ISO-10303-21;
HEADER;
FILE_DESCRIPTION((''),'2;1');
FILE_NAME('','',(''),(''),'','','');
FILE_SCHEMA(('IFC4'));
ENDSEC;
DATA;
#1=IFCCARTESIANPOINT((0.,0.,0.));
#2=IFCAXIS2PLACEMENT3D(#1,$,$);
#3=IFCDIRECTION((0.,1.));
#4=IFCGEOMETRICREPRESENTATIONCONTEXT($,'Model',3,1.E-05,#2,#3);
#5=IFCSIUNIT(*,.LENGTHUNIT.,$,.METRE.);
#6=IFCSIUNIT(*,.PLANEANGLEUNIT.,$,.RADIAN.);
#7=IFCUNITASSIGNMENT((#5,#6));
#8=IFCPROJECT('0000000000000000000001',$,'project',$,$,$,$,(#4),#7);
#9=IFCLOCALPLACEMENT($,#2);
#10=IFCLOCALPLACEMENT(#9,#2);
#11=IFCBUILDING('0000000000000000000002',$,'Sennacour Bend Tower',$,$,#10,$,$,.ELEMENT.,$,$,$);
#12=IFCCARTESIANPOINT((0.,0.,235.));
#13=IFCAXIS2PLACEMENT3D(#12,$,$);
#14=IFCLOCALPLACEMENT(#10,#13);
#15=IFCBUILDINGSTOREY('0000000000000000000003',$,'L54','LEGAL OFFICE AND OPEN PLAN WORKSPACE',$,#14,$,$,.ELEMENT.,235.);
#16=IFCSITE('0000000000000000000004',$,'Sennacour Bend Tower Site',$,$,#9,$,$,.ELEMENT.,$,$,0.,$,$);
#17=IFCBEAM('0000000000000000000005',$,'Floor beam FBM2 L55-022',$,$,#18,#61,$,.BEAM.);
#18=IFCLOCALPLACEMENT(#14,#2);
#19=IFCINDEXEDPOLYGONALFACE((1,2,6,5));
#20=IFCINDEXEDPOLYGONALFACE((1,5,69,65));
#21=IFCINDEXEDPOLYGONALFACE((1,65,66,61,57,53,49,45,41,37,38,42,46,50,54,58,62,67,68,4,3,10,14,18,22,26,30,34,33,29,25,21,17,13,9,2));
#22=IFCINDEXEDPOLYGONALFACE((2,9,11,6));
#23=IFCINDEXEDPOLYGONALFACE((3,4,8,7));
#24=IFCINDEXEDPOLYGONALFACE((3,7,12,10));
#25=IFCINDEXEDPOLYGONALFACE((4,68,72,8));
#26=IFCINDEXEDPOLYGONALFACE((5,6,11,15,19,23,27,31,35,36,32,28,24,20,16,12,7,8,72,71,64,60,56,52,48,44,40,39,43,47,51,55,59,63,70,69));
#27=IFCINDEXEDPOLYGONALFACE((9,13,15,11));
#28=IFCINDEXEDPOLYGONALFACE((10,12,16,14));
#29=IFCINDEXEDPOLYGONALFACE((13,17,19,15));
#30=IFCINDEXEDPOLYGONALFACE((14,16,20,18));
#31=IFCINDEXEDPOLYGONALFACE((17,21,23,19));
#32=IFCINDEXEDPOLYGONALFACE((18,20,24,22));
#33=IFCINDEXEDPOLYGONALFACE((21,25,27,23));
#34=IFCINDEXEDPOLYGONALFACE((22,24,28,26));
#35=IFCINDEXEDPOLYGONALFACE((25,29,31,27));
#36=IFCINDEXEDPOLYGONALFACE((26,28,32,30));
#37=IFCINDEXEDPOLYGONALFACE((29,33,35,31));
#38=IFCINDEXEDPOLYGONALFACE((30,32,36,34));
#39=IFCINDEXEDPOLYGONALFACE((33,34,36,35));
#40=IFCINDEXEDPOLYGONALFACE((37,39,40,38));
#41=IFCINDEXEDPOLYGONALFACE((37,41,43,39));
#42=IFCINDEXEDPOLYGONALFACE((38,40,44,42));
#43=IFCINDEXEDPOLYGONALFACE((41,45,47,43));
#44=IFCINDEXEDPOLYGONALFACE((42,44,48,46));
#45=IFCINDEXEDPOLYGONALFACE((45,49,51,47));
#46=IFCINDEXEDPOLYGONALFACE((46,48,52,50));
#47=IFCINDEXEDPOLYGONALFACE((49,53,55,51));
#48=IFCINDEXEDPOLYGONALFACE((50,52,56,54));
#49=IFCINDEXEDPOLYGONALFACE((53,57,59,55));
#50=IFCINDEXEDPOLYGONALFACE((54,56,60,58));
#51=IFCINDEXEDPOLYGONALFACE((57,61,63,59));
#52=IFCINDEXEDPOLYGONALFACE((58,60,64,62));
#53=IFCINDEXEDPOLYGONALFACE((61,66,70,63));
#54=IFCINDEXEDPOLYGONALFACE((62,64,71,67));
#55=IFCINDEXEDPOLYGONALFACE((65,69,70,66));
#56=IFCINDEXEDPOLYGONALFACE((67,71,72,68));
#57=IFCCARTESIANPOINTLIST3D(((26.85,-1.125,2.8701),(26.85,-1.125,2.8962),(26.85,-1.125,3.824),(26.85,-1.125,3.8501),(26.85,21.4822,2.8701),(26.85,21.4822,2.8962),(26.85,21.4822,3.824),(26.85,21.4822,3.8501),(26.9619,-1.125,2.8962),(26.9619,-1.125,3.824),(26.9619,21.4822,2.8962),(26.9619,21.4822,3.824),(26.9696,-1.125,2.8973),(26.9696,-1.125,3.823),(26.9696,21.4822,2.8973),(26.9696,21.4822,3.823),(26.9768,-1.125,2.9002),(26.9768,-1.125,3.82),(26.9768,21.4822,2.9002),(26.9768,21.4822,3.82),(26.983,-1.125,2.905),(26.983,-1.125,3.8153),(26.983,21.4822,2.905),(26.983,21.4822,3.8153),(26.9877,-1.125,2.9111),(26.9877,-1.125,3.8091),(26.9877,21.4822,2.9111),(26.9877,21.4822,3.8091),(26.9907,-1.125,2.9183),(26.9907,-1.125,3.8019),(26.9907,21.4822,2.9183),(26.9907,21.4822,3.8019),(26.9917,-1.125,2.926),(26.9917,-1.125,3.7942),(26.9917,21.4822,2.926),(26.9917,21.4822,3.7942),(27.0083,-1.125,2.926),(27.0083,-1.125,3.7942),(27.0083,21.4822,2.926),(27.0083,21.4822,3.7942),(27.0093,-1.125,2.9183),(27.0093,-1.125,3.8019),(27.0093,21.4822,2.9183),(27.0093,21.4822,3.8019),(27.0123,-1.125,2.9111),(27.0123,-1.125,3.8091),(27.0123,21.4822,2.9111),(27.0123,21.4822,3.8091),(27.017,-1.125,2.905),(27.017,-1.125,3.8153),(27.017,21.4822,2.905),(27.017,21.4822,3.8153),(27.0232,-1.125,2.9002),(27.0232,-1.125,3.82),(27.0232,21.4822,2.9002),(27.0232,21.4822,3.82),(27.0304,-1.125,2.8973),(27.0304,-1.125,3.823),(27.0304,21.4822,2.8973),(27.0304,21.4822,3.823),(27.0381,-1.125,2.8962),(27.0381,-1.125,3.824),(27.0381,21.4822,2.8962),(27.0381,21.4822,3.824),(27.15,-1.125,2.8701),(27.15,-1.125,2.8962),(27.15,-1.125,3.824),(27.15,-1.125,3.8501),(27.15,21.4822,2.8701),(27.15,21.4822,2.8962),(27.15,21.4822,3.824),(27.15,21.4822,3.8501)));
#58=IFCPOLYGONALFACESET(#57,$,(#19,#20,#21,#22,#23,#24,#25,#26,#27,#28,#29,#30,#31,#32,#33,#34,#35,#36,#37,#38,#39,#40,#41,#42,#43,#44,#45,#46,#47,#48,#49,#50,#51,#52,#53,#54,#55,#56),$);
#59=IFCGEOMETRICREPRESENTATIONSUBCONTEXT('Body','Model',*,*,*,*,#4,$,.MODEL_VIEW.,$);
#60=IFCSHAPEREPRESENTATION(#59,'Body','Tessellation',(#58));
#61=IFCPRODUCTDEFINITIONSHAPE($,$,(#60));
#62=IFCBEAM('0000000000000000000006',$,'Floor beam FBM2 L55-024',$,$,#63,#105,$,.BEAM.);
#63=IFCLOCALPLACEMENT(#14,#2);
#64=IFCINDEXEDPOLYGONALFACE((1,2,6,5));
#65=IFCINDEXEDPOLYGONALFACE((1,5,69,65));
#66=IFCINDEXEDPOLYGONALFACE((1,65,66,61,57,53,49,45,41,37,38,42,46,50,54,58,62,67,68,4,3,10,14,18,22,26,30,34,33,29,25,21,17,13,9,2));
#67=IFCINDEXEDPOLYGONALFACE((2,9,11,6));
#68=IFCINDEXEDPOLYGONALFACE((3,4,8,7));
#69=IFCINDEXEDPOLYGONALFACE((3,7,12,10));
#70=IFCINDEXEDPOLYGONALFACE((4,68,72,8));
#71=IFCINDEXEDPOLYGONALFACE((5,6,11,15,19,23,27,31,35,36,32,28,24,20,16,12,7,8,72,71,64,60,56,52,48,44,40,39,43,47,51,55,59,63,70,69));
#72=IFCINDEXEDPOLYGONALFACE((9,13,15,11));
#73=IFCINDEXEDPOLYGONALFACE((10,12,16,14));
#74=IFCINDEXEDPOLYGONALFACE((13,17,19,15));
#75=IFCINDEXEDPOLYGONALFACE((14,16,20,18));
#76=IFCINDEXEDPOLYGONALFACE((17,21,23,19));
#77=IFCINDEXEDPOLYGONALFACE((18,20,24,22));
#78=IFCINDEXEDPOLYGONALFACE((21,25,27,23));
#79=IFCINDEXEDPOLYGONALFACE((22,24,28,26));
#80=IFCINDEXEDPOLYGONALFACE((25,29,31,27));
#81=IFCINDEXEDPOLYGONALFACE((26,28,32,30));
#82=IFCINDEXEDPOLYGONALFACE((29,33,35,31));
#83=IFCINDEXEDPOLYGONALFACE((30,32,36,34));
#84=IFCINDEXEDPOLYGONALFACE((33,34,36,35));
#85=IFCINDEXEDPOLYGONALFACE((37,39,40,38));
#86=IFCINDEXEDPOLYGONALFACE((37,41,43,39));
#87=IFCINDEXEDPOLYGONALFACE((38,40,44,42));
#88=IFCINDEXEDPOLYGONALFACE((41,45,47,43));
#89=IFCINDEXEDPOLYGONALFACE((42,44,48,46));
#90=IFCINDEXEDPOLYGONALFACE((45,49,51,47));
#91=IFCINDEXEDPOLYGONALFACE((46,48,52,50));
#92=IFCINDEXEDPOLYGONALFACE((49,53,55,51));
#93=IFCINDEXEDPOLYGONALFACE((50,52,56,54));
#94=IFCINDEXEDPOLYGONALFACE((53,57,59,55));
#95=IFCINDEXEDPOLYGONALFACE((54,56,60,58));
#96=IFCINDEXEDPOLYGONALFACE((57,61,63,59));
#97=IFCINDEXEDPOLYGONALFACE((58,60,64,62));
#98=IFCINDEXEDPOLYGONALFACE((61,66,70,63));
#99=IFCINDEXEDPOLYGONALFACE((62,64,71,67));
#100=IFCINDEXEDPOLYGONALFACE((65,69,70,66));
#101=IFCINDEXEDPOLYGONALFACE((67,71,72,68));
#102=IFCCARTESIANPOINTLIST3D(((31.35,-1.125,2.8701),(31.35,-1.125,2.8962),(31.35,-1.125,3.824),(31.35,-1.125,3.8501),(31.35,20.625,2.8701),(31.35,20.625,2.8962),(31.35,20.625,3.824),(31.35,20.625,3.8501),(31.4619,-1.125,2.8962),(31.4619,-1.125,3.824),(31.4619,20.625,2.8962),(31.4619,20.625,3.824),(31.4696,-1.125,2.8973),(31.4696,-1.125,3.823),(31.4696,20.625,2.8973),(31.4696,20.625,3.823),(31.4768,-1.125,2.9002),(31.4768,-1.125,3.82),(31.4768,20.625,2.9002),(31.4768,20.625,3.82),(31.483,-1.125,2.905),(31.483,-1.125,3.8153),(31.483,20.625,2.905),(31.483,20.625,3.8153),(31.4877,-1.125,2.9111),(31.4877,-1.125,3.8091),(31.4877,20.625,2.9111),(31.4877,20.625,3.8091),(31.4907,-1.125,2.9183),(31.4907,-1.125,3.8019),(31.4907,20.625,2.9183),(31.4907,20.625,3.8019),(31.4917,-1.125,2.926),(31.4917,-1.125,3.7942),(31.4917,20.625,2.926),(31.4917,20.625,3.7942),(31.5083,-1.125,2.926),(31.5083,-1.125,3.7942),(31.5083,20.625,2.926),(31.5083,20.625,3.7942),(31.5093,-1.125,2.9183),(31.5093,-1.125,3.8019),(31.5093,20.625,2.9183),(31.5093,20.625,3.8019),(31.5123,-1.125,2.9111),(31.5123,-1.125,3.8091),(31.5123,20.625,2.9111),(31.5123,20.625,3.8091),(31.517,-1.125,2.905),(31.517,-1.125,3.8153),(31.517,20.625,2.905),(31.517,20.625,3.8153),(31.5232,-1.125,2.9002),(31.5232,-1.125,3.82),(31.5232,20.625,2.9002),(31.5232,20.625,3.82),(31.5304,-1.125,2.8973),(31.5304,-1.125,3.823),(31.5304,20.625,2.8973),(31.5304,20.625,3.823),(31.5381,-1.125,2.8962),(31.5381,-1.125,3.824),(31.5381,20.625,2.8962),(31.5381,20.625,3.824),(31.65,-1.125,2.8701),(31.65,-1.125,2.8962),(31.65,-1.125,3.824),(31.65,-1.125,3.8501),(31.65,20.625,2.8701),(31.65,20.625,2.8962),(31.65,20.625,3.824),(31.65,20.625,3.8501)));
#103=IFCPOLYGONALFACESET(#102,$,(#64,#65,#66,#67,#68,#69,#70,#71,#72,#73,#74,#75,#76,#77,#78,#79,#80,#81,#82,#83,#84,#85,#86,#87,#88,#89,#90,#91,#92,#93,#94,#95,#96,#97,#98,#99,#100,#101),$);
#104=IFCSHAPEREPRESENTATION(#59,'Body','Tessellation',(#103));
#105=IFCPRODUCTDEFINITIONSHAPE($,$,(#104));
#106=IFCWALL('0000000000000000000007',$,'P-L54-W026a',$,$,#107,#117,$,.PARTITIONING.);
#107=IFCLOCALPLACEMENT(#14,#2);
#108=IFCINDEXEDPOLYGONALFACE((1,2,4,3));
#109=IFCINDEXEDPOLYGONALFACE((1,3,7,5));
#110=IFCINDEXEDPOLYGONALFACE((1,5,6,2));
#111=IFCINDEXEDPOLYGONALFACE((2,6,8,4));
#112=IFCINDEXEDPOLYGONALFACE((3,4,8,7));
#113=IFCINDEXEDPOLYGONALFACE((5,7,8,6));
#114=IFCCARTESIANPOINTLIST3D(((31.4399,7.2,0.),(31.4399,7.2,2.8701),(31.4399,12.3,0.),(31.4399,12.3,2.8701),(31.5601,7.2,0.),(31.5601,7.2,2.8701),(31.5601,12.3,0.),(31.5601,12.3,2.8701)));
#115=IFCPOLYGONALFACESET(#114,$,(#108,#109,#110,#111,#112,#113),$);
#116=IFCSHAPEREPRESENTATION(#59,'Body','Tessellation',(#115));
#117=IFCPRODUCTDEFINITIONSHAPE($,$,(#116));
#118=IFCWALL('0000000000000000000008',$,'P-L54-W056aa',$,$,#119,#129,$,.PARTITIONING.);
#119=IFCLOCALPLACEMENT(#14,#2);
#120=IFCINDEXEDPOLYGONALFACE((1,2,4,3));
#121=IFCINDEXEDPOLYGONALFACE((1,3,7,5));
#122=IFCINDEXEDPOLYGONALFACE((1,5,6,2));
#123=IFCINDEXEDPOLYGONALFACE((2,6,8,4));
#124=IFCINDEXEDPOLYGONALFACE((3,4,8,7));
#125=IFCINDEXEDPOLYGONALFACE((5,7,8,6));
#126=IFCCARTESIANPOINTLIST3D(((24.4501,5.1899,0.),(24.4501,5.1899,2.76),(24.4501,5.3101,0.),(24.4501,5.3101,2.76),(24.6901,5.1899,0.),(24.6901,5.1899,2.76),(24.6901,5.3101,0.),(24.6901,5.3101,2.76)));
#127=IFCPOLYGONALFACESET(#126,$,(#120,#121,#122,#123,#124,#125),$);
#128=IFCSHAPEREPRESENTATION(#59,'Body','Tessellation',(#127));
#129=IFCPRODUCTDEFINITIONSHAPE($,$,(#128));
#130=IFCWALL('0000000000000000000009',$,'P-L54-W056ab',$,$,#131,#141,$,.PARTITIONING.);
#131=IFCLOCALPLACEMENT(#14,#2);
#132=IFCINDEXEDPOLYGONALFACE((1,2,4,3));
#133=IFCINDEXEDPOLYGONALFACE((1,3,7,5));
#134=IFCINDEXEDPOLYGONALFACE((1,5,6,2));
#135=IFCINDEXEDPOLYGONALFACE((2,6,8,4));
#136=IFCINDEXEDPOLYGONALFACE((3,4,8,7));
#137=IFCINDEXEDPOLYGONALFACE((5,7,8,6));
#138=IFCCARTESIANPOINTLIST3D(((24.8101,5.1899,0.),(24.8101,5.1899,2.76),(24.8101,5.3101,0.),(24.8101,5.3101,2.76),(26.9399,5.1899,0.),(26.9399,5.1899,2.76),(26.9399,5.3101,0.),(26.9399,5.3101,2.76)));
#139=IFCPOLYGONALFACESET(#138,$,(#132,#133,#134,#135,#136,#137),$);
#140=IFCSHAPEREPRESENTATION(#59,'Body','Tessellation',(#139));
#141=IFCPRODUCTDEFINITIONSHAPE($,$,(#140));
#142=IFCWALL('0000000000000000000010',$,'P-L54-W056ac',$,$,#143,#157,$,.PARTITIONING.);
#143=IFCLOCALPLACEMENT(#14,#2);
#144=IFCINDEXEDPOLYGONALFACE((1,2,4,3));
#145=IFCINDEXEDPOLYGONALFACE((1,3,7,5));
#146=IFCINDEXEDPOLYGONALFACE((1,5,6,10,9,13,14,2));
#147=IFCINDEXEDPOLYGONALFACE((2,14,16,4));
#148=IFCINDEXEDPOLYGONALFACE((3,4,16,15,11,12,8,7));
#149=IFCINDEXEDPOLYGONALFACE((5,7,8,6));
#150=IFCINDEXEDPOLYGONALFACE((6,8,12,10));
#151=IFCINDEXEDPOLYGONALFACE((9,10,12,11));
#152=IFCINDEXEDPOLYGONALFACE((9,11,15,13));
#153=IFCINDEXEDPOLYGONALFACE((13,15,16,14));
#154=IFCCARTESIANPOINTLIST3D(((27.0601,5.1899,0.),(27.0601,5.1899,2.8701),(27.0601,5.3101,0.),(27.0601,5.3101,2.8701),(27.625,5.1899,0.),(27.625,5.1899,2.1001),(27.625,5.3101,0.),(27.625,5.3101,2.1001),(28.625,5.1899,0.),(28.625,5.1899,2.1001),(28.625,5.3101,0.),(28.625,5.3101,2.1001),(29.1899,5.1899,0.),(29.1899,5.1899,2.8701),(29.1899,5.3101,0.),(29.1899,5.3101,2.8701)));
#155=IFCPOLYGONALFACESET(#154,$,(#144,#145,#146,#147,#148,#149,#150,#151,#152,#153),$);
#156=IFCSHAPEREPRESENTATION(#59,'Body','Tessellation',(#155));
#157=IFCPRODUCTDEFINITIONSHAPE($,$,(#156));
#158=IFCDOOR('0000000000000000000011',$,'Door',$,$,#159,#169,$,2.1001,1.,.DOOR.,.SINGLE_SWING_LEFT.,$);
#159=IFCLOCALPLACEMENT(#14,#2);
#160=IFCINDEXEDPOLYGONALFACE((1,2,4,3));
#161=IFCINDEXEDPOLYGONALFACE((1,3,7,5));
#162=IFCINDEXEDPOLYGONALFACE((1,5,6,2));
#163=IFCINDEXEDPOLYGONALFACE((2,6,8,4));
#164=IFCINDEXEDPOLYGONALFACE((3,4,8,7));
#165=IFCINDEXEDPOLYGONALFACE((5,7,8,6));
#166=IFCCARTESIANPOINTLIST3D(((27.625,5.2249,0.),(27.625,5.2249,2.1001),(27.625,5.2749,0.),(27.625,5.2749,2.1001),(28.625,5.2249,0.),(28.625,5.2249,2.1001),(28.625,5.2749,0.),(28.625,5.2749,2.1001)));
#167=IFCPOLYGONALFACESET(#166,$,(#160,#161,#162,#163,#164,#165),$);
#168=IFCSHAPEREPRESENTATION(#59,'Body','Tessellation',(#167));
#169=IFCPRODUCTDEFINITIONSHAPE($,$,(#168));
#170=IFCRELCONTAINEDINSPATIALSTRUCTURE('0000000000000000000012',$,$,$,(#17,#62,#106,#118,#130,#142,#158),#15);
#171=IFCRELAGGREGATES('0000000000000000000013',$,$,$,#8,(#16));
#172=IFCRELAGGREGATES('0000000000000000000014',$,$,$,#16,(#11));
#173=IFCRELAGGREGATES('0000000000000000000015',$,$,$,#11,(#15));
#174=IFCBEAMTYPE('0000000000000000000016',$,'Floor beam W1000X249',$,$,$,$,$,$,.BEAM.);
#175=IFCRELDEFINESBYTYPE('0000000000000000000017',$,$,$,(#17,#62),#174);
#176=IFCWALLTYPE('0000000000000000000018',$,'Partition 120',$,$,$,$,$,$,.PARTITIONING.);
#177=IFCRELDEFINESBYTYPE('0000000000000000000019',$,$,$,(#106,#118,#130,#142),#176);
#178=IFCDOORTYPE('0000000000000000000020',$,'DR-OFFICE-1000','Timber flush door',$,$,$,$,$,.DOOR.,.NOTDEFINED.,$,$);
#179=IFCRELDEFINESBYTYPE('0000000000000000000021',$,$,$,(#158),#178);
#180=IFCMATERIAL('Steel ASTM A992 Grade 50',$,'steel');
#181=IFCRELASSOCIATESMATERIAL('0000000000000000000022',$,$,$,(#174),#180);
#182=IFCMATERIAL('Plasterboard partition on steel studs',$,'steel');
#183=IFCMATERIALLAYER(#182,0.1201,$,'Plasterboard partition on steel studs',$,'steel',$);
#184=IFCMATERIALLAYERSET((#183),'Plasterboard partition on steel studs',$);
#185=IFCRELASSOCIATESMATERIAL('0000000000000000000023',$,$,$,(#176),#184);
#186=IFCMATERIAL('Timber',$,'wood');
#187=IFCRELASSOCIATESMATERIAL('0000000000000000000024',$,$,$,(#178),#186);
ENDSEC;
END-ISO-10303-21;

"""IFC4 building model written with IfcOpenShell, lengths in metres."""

from ifc_helpers import new_model, si_unit, direction, frame, frame_2d, origin, origin_2d, place, context, subcontext, project, spatial, rectangle, i_section, extrude, material, layer, layer_set, material_profile, profile_set, type_object, element, fill, save


model = new_model("IFC4")

# Units and contexts
model_context = context("Model", 3, precision=1e-05, world=origin(), true_north=direction((0.0, 1.0)))
body_context = subcontext(model_context, "Body", "Model", "MODEL_VIEW")
ifc_project = project(units=[si_unit("LENGTHUNIT", "METRE"), si_unit("PLANEANGLEUNIT", "RADIAN")], contexts=[model_context])

# Site, building, storey
site_placement = place(None, origin())
site = spatial("IfcSite", under=ifc_project, at=site_placement, Name="Sennacour Bend Tower Site", CompositionType="ELEMENT", RefElevation=0.0)
building_placement = place(site_placement, origin())
building = spatial("IfcBuilding", under=site, at=building_placement, Name="Sennacour Bend Tower", CompositionType="ELEMENT")
storey_placement = place(building_placement, frame((0.0, 0.0, 235.0)))
storey = spatial("IfcBuildingStorey", under=building, at=storey_placement, Name="L54", Description="LEGAL OFFICE AND OPEN PLAN WORKSPACE", CompositionType="ELEMENT", Elevation=235.0)

# Beams
ifc_material_1 = material(Name="Steel ASTM A992 Grade 50", Category="steel")
ifc_material_profile = material_profile(ifc_material_1, i_section(OverallWidth=0.3, OverallDepth=0.98, WebThickness=0.0166, FlangeThickness=0.0261, FilletRadius=0.0298, at=origin_2d()), Name="Steel ASTM A992 Grade 50", Category="steel")
ifc_profile_set = profile_set([ifc_material_profile], Name="Steel ASTM A992 Grade 50")
beam_type = type_object("IfcBeamType", Name="Floor beam W1000X249", PredefinedType="BEAM", material=ifc_profile_set)
beam_1_placement = place(storey_placement, frame((27.0, -1.125, 3.3601), z_axis=(0.0, 1.0, 0.0), x_axis=(-1.0, 0.0, 0.0)))
element("IfcBeam", 1, at=beam_1_placement, inside=storey, type_object=beam_type, Name="Floor beam FBM2 L55-022", PredefinedType="BEAM", context=body_context, shape_type="SweptSolid", body=[
    extrude(i_section(OverallWidth=0.3, OverallDepth=0.98, WebThickness=0.0166, FlangeThickness=0.0261, FilletRadius=0.0298, at=origin_2d()), origin(), (0.0, 0.0, 1.0), 22.6072),
])
beam_2_placement = place(storey_placement, frame((31.5, -1.125, 3.3601), z_axis=(0.0, 1.0, 0.0), x_axis=(-1.0, 0.0, 0.0)))
element("IfcBeam", 2, at=beam_2_placement, inside=storey, type_object=beam_type, Name="Floor beam FBM2 L55-024", PredefinedType="BEAM", context=body_context, shape_type="SweptSolid", body=[
    extrude(i_section(OverallWidth=0.3, OverallDepth=0.98, WebThickness=0.0166, FlangeThickness=0.0261, FilletRadius=0.0298, at=origin_2d()), origin(), (0.0, 0.0, 1.0), 21.75),
])

# Walls
ifc_material_2 = material(Name="Plasterboard partition on steel studs", Category="steel")
ifc_layer_1 = layer(ifc_material_2, 0.1201, Name="Plasterboard partition on steel studs", Category="steel")
ifc_layer_set_1 = layer_set([ifc_layer_1], Name="Plasterboard partition on steel studs")
wall_type_1 = type_object("IfcWallType", Name="Partition 120", PredefinedType="PARTITIONING", material=ifc_layer_set_1)
wall_1_placement = place(storey_placement, frame((31.5, 7.2, 0.0), z_axis=(0.0, 0.0, 1.0), x_axis=(0.0, 1.0, 0.0)))
element("IfcWall", 3, at=wall_1_placement, inside=storey, type_object=wall_type_1, Name="P-L54-W026a", PredefinedType="PARTITIONING", context=body_context, shape_type="SweptSolid", body=[
    extrude(rectangle(XDim=5.1001, YDim=0.1201, at=frame_2d((2.55, 0.0))), origin(), (0.0, 0.0, 1.0), 2.8701),
])
wall_2_placement = place(storey_placement, frame((24.45, 5.25, 0.0), z_axis=(0.0, 0.0, 1.0), x_axis=(1.0, 0.0, 0.0)))
element("IfcWall", 4, at=wall_2_placement, inside=storey, type_object=wall_type_1, Name="P-L54-W056aa", PredefinedType="PARTITIONING", context=body_context, shape_type="SweptSolid", body=[
    extrude(rectangle(XDim=0.24, YDim=0.1201, at=frame_2d((0.1201, 0.0))), origin(), (0.0, 0.0, 1.0), 2.76),
])
wall_3_placement = place(storey_placement, frame((24.8101, 5.25, 0.0), z_axis=(0.0, 0.0, 1.0), x_axis=(1.0, 0.0, 0.0)))
element("IfcWall", 5, at=wall_3_placement, inside=storey, type_object=wall_type_1, Name="P-L54-W056ab", PredefinedType="PARTITIONING", context=body_context, shape_type="SweptSolid", body=[
    extrude(rectangle(XDim=2.1299, YDim=0.1201, at=frame_2d((1.0649, 0.0))), origin(), (0.0, 0.0, 1.0), 2.76),
])

# Wall, opening, door
wall_4_placement = place(storey_placement, frame((27.0601, 5.25, 0.0), z_axis=(0.0, 0.0, 1.0), x_axis=(1.0, 0.0, 0.0)))
wall_4 = element("IfcWall", 6, at=wall_4_placement, inside=storey, type_object=wall_type_1, Name="P-L54-W056ac", PredefinedType="PARTITIONING", context=body_context, shape_type="SweptSolid", body=[
    extrude(rectangle(XDim=2.1299, YDim=0.1201, at=frame_2d((1.0649, 0.0))), origin(), (0.0, 0.0, 1.0), 2.8701),
])
opening_1_placement = place(wall_4_placement, frame((0.5649, 0.0, 0.0)))
opening_1 = element("IfcOpeningElement", 7, at=opening_1_placement, cuts=wall_4, PredefinedType="OPENING", context=body_context, shape_type="SweptSolid", body=[
    extrude(rectangle(XDim=1.0, YDim=2.1001, at=frame_2d((0.5, 1.05))), frame((0.0, 0.0701, 0.0), z_axis=(0.0, -1.0, 0.0), x_axis=(1.0, 0.0, 0.0)), (0.0, 0.0, 1.0), 0.1401),
])
ifc_material_3 = material(Name="Timber", Category="wood")
door_type_1 = type_object("IfcDoorType", Name="DR-OFFICE-1000", Description="Timber flush door", OperationType="NOTDEFINED", PredefinedType="DOOR", material=ifc_material_3)
door_1_placement = place(opening_1_placement, origin())
door_1 = element("IfcDoor", 8, at=door_1_placement, inside=storey, type_object=door_type_1, Name="Door", OperationType="SINGLE_SWING_LEFT", OverallHeight=2.1001, OverallWidth=1.0, PredefinedType="DOOR", context=body_context, shape_type="SweptSolid", body=[
    extrude(rectangle(XDim=1.0, YDim=2.1001, at=frame_2d((0.5, 1.05))), frame((0.0, 0.0249, 0.0), z_axis=(0.0, -1.0, 0.0), x_axis=(1.0, 0.0, 0.0)), (0.0, 0.0, 1.0), 0.05),
])
fill(opening_1, door_1)

save(model, "model.ifc")
